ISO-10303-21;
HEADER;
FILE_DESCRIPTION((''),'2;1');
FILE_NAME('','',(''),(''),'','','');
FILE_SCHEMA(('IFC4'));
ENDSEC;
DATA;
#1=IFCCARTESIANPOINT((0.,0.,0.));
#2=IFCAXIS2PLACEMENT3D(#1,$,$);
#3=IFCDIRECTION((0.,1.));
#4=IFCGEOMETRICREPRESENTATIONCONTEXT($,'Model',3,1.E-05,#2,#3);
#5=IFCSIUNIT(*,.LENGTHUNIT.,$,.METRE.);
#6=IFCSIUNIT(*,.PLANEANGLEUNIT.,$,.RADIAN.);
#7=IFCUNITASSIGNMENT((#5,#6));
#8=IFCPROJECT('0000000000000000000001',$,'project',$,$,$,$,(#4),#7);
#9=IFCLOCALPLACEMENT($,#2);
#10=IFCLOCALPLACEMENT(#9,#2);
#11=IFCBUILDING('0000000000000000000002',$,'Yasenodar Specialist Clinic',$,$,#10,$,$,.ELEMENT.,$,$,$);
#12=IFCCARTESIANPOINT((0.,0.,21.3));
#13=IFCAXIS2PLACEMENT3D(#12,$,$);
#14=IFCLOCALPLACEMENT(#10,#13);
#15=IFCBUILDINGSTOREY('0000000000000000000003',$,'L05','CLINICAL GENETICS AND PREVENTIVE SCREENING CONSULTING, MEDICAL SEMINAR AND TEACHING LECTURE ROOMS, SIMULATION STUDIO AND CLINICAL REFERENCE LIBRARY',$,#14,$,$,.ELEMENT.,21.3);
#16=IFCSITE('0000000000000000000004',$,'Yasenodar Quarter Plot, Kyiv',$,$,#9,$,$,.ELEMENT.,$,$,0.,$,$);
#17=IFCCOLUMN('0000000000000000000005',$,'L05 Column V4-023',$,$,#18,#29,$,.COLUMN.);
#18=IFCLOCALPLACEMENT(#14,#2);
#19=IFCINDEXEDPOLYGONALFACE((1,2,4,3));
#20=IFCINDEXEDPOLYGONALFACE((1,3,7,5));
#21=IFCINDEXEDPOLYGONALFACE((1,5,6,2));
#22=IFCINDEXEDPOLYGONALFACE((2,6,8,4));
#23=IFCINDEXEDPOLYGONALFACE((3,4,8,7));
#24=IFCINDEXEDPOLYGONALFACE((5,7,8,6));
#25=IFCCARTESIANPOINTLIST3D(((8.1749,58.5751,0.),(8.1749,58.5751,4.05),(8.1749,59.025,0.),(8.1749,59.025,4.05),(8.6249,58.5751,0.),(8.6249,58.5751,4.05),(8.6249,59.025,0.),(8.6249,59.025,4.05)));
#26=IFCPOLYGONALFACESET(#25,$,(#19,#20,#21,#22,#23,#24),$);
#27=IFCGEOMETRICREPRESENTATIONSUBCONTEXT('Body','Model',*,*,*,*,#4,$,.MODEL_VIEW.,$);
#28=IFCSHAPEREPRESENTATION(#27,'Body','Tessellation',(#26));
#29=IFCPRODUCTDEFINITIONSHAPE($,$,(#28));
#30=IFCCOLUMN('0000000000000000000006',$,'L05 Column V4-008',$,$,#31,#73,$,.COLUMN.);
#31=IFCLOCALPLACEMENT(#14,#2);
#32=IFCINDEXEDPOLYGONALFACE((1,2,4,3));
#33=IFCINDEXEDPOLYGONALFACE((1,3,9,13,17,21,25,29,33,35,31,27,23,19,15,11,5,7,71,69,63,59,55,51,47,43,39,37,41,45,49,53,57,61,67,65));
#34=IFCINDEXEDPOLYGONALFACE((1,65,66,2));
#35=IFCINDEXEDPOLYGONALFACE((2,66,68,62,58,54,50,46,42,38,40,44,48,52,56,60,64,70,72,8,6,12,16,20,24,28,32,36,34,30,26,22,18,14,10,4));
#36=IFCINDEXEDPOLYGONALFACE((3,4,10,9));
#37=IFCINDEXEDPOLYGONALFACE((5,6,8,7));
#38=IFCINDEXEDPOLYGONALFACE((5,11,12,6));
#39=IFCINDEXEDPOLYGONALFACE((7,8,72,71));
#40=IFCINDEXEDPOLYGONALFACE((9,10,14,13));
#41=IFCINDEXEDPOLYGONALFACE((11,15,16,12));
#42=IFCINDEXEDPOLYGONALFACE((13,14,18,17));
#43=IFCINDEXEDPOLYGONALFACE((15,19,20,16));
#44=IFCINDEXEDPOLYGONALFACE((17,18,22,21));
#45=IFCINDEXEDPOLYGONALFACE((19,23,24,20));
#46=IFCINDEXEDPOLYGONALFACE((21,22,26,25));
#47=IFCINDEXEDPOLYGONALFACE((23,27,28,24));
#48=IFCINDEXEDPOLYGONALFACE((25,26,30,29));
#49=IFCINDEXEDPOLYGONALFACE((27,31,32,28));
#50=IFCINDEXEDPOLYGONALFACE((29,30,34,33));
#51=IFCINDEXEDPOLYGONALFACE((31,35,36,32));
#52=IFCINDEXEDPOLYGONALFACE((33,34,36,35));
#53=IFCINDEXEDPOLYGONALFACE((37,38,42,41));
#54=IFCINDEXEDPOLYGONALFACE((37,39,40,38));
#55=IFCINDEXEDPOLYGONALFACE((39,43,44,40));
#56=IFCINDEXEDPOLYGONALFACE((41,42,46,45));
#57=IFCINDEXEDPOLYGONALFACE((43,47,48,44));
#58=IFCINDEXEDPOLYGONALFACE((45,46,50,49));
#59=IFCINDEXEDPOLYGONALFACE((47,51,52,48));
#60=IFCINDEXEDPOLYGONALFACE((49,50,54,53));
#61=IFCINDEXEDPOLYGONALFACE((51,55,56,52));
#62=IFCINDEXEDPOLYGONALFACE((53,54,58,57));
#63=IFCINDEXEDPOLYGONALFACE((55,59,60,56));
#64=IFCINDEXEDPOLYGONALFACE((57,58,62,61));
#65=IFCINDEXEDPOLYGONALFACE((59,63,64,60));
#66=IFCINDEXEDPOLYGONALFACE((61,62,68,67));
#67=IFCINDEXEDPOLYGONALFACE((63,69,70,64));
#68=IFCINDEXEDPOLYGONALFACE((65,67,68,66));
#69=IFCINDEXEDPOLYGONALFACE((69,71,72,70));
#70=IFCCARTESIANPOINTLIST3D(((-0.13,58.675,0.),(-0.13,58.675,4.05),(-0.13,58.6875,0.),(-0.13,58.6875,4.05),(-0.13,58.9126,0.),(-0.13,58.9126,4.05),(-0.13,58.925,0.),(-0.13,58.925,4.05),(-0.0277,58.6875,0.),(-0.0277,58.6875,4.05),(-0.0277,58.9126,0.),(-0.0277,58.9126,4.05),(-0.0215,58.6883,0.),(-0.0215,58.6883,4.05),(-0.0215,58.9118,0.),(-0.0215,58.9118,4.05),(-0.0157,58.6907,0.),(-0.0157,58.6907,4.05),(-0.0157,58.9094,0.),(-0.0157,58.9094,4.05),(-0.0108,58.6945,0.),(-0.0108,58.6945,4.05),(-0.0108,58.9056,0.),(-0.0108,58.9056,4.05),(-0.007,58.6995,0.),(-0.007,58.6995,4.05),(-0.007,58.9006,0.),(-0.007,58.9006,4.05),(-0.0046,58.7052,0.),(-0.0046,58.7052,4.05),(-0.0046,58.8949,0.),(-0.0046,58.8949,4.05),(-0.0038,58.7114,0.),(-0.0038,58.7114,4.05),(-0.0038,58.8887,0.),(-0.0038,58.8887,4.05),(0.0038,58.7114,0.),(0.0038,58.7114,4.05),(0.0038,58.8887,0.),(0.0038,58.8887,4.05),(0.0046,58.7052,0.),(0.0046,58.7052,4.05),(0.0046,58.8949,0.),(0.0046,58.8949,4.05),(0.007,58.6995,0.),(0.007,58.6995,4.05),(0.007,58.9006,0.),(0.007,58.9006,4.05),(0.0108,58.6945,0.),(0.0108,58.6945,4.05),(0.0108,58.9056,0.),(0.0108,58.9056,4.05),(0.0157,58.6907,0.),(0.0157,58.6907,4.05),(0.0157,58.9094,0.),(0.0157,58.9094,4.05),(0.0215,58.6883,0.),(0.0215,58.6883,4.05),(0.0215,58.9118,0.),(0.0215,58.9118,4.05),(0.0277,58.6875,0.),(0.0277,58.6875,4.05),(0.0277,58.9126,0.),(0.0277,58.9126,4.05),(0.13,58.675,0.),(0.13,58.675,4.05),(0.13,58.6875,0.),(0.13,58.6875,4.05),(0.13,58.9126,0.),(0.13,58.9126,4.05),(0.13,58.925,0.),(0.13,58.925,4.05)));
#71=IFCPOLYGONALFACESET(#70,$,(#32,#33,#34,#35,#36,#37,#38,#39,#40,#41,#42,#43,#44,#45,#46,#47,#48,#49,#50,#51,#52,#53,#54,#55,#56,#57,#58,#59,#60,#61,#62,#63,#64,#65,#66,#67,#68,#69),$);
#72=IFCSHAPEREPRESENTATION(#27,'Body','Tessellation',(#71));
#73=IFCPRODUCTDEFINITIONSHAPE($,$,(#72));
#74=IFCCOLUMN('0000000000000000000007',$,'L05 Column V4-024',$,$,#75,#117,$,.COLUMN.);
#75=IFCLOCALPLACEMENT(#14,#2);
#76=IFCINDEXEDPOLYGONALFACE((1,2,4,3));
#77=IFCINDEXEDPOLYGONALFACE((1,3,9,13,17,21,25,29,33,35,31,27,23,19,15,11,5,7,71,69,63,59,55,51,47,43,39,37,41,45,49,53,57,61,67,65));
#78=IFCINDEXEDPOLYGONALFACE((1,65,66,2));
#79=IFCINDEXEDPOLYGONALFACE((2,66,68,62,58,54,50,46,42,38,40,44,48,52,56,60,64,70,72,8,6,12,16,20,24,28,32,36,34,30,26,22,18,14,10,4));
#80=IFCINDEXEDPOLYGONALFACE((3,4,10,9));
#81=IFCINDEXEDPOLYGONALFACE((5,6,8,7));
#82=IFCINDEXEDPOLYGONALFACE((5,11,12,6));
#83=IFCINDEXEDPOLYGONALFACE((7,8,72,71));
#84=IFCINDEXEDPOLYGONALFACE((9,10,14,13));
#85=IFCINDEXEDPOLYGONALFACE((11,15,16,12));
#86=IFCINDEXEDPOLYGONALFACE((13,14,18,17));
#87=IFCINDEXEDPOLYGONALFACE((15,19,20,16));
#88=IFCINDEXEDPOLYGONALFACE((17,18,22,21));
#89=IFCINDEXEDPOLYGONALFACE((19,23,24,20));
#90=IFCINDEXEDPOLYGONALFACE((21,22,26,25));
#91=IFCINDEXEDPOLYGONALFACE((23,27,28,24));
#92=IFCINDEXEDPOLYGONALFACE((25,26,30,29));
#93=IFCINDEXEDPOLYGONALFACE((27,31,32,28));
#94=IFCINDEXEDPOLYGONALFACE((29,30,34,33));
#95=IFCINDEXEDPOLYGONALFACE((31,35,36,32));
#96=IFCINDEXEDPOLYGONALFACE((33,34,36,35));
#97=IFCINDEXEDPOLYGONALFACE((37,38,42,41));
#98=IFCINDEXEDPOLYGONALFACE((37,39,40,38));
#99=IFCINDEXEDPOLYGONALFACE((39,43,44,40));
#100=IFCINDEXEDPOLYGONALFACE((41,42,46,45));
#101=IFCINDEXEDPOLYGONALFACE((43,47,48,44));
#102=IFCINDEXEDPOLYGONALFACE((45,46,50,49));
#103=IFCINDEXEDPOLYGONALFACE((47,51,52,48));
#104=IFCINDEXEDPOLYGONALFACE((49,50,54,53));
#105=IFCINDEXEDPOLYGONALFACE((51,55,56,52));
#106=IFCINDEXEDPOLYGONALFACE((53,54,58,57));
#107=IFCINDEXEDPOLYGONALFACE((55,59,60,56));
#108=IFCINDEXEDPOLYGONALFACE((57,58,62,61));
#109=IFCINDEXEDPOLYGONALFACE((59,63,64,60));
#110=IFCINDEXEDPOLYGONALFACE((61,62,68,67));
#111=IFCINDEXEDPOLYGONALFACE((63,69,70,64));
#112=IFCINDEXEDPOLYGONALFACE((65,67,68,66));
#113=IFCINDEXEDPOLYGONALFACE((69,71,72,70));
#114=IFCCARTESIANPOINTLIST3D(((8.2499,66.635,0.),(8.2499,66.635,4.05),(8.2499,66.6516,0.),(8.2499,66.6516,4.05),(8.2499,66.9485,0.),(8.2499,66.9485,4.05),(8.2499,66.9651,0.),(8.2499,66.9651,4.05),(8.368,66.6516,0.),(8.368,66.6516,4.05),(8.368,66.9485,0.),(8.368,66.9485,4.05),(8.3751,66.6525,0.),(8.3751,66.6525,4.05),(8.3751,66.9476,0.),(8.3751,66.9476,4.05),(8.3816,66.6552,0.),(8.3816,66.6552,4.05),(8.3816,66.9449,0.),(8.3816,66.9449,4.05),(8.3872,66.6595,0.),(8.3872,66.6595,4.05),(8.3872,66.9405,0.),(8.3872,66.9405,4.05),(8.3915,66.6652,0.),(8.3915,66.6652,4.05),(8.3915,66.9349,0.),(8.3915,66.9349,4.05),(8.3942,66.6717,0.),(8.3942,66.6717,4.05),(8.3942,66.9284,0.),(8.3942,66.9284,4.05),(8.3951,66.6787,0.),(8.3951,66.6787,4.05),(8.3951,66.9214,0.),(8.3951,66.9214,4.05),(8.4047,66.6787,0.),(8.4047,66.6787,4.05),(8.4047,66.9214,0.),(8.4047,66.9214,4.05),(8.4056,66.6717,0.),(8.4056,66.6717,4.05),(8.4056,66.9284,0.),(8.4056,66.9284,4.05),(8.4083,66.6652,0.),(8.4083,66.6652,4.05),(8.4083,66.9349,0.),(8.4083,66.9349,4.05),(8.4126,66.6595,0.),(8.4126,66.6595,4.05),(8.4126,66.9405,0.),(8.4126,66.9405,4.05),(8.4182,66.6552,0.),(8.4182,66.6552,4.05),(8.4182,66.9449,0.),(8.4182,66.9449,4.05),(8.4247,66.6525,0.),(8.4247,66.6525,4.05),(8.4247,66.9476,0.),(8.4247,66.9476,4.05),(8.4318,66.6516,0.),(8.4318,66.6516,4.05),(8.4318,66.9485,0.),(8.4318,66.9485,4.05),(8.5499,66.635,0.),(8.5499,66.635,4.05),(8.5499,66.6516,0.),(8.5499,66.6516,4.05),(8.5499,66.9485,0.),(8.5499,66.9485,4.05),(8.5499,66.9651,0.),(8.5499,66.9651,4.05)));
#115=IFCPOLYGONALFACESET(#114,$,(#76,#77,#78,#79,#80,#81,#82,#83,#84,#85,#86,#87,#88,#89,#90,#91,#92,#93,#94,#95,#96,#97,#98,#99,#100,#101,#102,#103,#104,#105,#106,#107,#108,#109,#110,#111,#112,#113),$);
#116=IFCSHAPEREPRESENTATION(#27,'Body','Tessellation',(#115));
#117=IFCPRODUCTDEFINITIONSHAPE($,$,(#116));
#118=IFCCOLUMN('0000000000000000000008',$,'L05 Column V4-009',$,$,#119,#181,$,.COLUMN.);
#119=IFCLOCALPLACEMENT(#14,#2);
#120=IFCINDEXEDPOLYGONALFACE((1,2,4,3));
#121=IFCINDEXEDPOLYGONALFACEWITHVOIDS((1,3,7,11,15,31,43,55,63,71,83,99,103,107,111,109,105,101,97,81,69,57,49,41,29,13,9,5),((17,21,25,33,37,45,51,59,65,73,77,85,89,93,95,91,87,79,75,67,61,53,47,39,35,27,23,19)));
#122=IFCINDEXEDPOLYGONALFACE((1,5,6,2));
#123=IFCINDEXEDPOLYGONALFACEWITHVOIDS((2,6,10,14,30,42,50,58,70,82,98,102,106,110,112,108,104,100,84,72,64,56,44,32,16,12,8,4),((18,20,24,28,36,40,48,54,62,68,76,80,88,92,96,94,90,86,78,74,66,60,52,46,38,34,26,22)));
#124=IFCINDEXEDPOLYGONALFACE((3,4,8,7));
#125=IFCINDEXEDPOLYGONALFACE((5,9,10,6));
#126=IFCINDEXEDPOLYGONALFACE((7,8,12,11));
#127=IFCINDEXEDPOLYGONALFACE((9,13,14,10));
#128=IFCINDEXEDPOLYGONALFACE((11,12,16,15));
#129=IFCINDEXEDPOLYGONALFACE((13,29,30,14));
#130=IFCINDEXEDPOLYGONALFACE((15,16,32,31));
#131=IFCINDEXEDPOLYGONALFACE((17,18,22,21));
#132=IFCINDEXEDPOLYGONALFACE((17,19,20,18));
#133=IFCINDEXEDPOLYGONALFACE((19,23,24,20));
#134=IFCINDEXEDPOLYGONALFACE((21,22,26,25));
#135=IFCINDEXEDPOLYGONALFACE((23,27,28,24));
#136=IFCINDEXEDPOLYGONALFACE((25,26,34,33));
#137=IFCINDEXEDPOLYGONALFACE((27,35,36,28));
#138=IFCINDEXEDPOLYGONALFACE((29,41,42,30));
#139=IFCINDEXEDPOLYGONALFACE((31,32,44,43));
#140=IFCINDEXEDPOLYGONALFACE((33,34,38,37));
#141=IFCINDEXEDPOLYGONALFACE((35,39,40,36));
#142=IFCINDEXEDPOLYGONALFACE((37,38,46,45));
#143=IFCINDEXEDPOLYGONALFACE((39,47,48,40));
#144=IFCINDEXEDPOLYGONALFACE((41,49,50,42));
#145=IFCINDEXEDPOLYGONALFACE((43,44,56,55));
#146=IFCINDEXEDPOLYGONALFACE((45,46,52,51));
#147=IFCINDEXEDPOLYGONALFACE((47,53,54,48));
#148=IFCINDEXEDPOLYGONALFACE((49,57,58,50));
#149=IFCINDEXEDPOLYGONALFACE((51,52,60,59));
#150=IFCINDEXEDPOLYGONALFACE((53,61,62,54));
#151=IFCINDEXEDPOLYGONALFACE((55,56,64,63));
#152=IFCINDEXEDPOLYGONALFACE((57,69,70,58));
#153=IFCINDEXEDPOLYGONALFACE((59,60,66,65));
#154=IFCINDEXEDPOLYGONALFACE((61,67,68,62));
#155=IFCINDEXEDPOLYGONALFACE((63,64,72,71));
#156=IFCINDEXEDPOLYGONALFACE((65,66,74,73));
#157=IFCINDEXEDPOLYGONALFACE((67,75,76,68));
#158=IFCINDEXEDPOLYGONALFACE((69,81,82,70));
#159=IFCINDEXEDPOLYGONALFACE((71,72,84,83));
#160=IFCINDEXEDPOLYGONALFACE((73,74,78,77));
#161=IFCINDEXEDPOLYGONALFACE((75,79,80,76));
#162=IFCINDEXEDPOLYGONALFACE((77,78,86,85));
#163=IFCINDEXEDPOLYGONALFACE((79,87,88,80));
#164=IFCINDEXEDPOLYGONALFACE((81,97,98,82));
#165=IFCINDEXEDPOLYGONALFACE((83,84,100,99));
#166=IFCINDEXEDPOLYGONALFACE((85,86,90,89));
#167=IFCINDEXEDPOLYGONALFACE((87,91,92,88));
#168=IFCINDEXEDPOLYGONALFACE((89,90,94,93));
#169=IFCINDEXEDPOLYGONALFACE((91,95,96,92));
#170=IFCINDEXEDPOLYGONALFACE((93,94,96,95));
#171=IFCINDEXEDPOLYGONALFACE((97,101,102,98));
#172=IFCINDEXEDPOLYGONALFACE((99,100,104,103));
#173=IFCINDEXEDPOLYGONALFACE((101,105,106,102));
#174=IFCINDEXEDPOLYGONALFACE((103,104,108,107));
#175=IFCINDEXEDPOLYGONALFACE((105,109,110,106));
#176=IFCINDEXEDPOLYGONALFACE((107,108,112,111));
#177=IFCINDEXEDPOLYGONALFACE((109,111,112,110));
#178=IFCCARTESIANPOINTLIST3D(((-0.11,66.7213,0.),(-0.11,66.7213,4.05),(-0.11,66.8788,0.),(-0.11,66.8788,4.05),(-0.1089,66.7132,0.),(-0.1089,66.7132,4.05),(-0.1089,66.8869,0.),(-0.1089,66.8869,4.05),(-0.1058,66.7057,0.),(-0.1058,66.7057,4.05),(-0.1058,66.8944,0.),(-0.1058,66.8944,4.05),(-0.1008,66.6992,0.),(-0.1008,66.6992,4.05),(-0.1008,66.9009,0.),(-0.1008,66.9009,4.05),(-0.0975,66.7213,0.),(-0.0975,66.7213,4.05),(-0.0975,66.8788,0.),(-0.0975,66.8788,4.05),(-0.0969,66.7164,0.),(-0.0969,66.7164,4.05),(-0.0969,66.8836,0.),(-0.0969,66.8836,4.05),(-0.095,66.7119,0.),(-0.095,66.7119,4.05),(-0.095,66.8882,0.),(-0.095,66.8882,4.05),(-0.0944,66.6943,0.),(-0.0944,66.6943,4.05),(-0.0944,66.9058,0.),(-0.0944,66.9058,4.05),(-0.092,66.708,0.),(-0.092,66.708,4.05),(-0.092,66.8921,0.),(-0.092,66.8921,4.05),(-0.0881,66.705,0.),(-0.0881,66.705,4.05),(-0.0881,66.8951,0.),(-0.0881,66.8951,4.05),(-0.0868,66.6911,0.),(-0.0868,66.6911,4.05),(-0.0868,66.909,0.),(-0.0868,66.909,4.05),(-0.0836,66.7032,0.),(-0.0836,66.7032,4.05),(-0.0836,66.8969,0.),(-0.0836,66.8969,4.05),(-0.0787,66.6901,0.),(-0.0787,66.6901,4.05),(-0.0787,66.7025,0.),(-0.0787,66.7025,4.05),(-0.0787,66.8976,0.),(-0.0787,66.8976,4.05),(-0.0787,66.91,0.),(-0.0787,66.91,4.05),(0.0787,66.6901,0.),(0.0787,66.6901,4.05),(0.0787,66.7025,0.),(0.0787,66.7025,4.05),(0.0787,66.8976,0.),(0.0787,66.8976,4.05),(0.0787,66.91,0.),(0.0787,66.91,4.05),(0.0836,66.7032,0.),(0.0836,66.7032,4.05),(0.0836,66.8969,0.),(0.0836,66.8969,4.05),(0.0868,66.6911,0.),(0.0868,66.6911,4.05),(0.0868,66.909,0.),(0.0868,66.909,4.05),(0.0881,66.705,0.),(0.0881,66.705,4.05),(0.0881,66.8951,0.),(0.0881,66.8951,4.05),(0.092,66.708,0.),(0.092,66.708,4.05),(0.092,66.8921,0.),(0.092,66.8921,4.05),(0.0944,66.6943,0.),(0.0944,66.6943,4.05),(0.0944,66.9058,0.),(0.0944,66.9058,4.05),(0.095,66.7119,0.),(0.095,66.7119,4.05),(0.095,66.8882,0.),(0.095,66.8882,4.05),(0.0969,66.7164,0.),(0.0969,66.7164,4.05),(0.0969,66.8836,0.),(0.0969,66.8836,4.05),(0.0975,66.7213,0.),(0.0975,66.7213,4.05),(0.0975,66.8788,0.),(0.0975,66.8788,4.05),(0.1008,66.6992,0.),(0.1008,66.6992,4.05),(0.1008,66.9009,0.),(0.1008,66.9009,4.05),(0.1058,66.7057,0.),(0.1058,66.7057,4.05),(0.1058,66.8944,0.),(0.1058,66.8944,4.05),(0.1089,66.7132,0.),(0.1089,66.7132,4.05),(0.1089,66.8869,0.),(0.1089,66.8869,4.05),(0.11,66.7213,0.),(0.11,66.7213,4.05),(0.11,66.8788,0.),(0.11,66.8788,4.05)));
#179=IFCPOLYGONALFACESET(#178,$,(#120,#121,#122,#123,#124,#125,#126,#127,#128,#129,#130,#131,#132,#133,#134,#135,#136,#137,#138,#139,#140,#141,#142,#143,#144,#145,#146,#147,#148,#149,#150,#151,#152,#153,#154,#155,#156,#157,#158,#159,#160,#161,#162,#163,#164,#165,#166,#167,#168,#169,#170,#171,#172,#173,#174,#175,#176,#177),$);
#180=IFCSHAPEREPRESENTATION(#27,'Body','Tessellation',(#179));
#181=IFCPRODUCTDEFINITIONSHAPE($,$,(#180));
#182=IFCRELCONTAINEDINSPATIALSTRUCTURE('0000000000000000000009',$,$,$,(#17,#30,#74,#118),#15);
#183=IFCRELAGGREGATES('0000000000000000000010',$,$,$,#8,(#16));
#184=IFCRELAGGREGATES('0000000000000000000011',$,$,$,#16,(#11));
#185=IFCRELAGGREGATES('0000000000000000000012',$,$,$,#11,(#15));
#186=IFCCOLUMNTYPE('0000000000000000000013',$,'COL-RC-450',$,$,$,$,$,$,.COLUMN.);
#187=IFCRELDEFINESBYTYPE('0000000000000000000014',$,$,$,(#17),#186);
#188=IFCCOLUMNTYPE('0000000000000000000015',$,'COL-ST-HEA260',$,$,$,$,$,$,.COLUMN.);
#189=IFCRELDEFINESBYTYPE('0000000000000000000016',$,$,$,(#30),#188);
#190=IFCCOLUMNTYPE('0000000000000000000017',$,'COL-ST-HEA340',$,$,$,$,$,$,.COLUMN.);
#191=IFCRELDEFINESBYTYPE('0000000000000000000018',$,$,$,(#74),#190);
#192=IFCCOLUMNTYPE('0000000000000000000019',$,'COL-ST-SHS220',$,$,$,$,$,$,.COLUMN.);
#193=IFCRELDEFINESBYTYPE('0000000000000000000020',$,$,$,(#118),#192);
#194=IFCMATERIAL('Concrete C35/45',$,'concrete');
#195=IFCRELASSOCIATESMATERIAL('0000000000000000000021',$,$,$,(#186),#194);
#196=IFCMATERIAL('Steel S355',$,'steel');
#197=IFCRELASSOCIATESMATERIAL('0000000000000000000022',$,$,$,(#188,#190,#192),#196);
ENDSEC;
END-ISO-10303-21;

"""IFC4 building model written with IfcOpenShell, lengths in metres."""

from ifc_helpers import new_model, si_unit, direction, frame, origin, origin_2d, place, context, subcontext, project, spatial, rectangle, hollow_rectangle, i_section, extrude, material, material_profile, profile_set, type_object, element, save


model = new_model("IFC4")

# Units and contexts
model_context = context("Model", 3, precision=1e-05, world=origin(), true_north=direction((0.0, 1.0)))
body_context = subcontext(model_context, "Body", "Model", "MODEL_VIEW")
ifc_project = project(units=[si_unit("LENGTHUNIT", "METRE"), si_unit("PLANEANGLEUNIT", "RADIAN")], contexts=[model_context])

# Site, building, storey
site_placement = place(None, origin())
site = spatial("IfcSite", under=ifc_project, at=site_placement, Name="Yasenodar Quarter Plot, Kyiv", CompositionType="ELEMENT", RefElevation=0.0)
building_placement = place(site_placement, origin())
building = spatial("IfcBuilding", under=site, at=building_placement, Name="Yasenodar Specialist Clinic", CompositionType="ELEMENT")
storey_placement = place(building_placement, frame((0.0, 0.0, 21.3)))
storey = spatial("IfcBuildingStorey", under=building, at=storey_placement, Name="L05", Description="CLINICAL GENETICS AND PREVENTIVE SCREENING CONSULTING, MEDICAL SEMINAR AND TEACHING LECTURE ROOMS, SIMULATION STUDIO AND CLINICAL REFERENCE LIBRARY", CompositionType="ELEMENT", Elevation=21.3)

# Columns
ifc_material_1 = material(Name="Concrete C35/45", Category="concrete")
ifc_material_profile_1 = material_profile(ifc_material_1, rectangle(XDim=0.45, YDim=0.45, at=origin_2d()), Name="RC 450x450")
ifc_profile_set_1 = profile_set([ifc_material_profile_1], Name="Concrete C35/45")
column_type_1 = type_object("IfcColumnType", Name="COL-RC-450", PredefinedType="COLUMN", material=ifc_profile_set_1)
column_1_placement = place(storey_placement, frame((8.3999, 58.8, 0.0), z_axis=(0.0, 0.0, 1.0), x_axis=(1.0, 0.0, 0.0)))
element("IfcColumn", 1, at=column_1_placement, inside=storey, type_object=column_type_1, Name="L05 Column V4-023", PredefinedType="COLUMN", context=body_context, shape_type="SweptSolid", body=[
    extrude(rectangle(XDim=0.45, YDim=0.45, at=origin_2d()), origin(), (0.0, 0.0, 1.0), 4.05),
])
ifc_material_2 = material(Name="Steel S355", Category="steel")
ifc_material_profile_2 = material_profile(ifc_material_2, i_section(OverallWidth=0.26, OverallDepth=0.25, WebThickness=0.0076, FlangeThickness=0.0125, FilletRadius=0.0239, at=origin_2d()), Name="HEA 260")
ifc_profile_set_2 = profile_set([ifc_material_profile_2], Name="Steel S355")
column_type_2 = type_object("IfcColumnType", Name="COL-ST-HEA260", PredefinedType="COLUMN", material=ifc_profile_set_2)
column_2_placement = place(storey_placement, frame((0.0, 58.8, 0.0), z_axis=(0.0, 0.0, 1.0), x_axis=(1.0, 0.0, 0.0)))
element("IfcColumn", 2, at=column_2_placement, inside=storey, type_object=column_type_2, Name="L05 Column V4-008", PredefinedType="COLUMN", context=body_context, shape_type="SweptSolid", body=[
    extrude(i_section(OverallWidth=0.26, OverallDepth=0.25, WebThickness=0.0076, FlangeThickness=0.0125, FilletRadius=0.0239, at=origin_2d()), origin(), (0.0, 0.0, 1.0), 4.05),
])
ifc_material_profile_3 = material_profile(ifc_material_2, i_section(OverallWidth=0.3, OverallDepth=0.3301, WebThickness=0.0095, FlangeThickness=0.0166, FilletRadius=0.0271, at=origin_2d()), Name="HEA 340")
ifc_profile_set_3 = profile_set([ifc_material_profile_3], Name="Steel S355")
column_type_3 = type_object("IfcColumnType", Name="COL-ST-HEA340", PredefinedType="COLUMN", material=ifc_profile_set_3)
column_3_placement = place(storey_placement, frame((8.3999, 66.8, 0.0), z_axis=(0.0, 0.0, 1.0), x_axis=(1.0, 0.0, 0.0)))
element("IfcColumn", 3, at=column_3_placement, inside=storey, type_object=column_type_3, Name="L05 Column V4-024", PredefinedType="COLUMN", context=body_context, shape_type="SweptSolid", body=[
    extrude(i_section(OverallWidth=0.3, OverallDepth=0.3301, WebThickness=0.0095, FlangeThickness=0.0166, FilletRadius=0.0271, at=origin_2d()), origin(), (0.0, 0.0, 1.0), 4.05),
])
ifc_material_profile_4 = material_profile(ifc_material_2, hollow_rectangle(XDim=0.22, YDim=0.22, WallThickness=0.0125, InnerFilletRadius=0.0188, OuterFilletRadius=0.0312, at=origin_2d()), Name="SHS 220x220x12.5")
ifc_profile_set_4 = profile_set([ifc_material_profile_4], Name="Steel S355")
column_type_4 = type_object("IfcColumnType", Name="COL-ST-SHS220", PredefinedType="COLUMN", material=ifc_profile_set_4)
column_4_placement = place(storey_placement, frame((0.0, 66.8, 0.0), z_axis=(0.0, 0.0, 1.0), x_axis=(1.0, 0.0, 0.0)))
element("IfcColumn", 4, at=column_4_placement, inside=storey, type_object=column_type_4, Name="L05 Column V4-009", PredefinedType="COLUMN", context=body_context, shape_type="SweptSolid", body=[
    extrude(hollow_rectangle(XDim=0.22, YDim=0.22, WallThickness=0.0125, InnerFilletRadius=0.0188, OuterFilletRadius=0.0312, at=origin_2d()), origin(), (0.0, 0.0, 1.0), 4.05),
])

save(model, "model.ifc")
